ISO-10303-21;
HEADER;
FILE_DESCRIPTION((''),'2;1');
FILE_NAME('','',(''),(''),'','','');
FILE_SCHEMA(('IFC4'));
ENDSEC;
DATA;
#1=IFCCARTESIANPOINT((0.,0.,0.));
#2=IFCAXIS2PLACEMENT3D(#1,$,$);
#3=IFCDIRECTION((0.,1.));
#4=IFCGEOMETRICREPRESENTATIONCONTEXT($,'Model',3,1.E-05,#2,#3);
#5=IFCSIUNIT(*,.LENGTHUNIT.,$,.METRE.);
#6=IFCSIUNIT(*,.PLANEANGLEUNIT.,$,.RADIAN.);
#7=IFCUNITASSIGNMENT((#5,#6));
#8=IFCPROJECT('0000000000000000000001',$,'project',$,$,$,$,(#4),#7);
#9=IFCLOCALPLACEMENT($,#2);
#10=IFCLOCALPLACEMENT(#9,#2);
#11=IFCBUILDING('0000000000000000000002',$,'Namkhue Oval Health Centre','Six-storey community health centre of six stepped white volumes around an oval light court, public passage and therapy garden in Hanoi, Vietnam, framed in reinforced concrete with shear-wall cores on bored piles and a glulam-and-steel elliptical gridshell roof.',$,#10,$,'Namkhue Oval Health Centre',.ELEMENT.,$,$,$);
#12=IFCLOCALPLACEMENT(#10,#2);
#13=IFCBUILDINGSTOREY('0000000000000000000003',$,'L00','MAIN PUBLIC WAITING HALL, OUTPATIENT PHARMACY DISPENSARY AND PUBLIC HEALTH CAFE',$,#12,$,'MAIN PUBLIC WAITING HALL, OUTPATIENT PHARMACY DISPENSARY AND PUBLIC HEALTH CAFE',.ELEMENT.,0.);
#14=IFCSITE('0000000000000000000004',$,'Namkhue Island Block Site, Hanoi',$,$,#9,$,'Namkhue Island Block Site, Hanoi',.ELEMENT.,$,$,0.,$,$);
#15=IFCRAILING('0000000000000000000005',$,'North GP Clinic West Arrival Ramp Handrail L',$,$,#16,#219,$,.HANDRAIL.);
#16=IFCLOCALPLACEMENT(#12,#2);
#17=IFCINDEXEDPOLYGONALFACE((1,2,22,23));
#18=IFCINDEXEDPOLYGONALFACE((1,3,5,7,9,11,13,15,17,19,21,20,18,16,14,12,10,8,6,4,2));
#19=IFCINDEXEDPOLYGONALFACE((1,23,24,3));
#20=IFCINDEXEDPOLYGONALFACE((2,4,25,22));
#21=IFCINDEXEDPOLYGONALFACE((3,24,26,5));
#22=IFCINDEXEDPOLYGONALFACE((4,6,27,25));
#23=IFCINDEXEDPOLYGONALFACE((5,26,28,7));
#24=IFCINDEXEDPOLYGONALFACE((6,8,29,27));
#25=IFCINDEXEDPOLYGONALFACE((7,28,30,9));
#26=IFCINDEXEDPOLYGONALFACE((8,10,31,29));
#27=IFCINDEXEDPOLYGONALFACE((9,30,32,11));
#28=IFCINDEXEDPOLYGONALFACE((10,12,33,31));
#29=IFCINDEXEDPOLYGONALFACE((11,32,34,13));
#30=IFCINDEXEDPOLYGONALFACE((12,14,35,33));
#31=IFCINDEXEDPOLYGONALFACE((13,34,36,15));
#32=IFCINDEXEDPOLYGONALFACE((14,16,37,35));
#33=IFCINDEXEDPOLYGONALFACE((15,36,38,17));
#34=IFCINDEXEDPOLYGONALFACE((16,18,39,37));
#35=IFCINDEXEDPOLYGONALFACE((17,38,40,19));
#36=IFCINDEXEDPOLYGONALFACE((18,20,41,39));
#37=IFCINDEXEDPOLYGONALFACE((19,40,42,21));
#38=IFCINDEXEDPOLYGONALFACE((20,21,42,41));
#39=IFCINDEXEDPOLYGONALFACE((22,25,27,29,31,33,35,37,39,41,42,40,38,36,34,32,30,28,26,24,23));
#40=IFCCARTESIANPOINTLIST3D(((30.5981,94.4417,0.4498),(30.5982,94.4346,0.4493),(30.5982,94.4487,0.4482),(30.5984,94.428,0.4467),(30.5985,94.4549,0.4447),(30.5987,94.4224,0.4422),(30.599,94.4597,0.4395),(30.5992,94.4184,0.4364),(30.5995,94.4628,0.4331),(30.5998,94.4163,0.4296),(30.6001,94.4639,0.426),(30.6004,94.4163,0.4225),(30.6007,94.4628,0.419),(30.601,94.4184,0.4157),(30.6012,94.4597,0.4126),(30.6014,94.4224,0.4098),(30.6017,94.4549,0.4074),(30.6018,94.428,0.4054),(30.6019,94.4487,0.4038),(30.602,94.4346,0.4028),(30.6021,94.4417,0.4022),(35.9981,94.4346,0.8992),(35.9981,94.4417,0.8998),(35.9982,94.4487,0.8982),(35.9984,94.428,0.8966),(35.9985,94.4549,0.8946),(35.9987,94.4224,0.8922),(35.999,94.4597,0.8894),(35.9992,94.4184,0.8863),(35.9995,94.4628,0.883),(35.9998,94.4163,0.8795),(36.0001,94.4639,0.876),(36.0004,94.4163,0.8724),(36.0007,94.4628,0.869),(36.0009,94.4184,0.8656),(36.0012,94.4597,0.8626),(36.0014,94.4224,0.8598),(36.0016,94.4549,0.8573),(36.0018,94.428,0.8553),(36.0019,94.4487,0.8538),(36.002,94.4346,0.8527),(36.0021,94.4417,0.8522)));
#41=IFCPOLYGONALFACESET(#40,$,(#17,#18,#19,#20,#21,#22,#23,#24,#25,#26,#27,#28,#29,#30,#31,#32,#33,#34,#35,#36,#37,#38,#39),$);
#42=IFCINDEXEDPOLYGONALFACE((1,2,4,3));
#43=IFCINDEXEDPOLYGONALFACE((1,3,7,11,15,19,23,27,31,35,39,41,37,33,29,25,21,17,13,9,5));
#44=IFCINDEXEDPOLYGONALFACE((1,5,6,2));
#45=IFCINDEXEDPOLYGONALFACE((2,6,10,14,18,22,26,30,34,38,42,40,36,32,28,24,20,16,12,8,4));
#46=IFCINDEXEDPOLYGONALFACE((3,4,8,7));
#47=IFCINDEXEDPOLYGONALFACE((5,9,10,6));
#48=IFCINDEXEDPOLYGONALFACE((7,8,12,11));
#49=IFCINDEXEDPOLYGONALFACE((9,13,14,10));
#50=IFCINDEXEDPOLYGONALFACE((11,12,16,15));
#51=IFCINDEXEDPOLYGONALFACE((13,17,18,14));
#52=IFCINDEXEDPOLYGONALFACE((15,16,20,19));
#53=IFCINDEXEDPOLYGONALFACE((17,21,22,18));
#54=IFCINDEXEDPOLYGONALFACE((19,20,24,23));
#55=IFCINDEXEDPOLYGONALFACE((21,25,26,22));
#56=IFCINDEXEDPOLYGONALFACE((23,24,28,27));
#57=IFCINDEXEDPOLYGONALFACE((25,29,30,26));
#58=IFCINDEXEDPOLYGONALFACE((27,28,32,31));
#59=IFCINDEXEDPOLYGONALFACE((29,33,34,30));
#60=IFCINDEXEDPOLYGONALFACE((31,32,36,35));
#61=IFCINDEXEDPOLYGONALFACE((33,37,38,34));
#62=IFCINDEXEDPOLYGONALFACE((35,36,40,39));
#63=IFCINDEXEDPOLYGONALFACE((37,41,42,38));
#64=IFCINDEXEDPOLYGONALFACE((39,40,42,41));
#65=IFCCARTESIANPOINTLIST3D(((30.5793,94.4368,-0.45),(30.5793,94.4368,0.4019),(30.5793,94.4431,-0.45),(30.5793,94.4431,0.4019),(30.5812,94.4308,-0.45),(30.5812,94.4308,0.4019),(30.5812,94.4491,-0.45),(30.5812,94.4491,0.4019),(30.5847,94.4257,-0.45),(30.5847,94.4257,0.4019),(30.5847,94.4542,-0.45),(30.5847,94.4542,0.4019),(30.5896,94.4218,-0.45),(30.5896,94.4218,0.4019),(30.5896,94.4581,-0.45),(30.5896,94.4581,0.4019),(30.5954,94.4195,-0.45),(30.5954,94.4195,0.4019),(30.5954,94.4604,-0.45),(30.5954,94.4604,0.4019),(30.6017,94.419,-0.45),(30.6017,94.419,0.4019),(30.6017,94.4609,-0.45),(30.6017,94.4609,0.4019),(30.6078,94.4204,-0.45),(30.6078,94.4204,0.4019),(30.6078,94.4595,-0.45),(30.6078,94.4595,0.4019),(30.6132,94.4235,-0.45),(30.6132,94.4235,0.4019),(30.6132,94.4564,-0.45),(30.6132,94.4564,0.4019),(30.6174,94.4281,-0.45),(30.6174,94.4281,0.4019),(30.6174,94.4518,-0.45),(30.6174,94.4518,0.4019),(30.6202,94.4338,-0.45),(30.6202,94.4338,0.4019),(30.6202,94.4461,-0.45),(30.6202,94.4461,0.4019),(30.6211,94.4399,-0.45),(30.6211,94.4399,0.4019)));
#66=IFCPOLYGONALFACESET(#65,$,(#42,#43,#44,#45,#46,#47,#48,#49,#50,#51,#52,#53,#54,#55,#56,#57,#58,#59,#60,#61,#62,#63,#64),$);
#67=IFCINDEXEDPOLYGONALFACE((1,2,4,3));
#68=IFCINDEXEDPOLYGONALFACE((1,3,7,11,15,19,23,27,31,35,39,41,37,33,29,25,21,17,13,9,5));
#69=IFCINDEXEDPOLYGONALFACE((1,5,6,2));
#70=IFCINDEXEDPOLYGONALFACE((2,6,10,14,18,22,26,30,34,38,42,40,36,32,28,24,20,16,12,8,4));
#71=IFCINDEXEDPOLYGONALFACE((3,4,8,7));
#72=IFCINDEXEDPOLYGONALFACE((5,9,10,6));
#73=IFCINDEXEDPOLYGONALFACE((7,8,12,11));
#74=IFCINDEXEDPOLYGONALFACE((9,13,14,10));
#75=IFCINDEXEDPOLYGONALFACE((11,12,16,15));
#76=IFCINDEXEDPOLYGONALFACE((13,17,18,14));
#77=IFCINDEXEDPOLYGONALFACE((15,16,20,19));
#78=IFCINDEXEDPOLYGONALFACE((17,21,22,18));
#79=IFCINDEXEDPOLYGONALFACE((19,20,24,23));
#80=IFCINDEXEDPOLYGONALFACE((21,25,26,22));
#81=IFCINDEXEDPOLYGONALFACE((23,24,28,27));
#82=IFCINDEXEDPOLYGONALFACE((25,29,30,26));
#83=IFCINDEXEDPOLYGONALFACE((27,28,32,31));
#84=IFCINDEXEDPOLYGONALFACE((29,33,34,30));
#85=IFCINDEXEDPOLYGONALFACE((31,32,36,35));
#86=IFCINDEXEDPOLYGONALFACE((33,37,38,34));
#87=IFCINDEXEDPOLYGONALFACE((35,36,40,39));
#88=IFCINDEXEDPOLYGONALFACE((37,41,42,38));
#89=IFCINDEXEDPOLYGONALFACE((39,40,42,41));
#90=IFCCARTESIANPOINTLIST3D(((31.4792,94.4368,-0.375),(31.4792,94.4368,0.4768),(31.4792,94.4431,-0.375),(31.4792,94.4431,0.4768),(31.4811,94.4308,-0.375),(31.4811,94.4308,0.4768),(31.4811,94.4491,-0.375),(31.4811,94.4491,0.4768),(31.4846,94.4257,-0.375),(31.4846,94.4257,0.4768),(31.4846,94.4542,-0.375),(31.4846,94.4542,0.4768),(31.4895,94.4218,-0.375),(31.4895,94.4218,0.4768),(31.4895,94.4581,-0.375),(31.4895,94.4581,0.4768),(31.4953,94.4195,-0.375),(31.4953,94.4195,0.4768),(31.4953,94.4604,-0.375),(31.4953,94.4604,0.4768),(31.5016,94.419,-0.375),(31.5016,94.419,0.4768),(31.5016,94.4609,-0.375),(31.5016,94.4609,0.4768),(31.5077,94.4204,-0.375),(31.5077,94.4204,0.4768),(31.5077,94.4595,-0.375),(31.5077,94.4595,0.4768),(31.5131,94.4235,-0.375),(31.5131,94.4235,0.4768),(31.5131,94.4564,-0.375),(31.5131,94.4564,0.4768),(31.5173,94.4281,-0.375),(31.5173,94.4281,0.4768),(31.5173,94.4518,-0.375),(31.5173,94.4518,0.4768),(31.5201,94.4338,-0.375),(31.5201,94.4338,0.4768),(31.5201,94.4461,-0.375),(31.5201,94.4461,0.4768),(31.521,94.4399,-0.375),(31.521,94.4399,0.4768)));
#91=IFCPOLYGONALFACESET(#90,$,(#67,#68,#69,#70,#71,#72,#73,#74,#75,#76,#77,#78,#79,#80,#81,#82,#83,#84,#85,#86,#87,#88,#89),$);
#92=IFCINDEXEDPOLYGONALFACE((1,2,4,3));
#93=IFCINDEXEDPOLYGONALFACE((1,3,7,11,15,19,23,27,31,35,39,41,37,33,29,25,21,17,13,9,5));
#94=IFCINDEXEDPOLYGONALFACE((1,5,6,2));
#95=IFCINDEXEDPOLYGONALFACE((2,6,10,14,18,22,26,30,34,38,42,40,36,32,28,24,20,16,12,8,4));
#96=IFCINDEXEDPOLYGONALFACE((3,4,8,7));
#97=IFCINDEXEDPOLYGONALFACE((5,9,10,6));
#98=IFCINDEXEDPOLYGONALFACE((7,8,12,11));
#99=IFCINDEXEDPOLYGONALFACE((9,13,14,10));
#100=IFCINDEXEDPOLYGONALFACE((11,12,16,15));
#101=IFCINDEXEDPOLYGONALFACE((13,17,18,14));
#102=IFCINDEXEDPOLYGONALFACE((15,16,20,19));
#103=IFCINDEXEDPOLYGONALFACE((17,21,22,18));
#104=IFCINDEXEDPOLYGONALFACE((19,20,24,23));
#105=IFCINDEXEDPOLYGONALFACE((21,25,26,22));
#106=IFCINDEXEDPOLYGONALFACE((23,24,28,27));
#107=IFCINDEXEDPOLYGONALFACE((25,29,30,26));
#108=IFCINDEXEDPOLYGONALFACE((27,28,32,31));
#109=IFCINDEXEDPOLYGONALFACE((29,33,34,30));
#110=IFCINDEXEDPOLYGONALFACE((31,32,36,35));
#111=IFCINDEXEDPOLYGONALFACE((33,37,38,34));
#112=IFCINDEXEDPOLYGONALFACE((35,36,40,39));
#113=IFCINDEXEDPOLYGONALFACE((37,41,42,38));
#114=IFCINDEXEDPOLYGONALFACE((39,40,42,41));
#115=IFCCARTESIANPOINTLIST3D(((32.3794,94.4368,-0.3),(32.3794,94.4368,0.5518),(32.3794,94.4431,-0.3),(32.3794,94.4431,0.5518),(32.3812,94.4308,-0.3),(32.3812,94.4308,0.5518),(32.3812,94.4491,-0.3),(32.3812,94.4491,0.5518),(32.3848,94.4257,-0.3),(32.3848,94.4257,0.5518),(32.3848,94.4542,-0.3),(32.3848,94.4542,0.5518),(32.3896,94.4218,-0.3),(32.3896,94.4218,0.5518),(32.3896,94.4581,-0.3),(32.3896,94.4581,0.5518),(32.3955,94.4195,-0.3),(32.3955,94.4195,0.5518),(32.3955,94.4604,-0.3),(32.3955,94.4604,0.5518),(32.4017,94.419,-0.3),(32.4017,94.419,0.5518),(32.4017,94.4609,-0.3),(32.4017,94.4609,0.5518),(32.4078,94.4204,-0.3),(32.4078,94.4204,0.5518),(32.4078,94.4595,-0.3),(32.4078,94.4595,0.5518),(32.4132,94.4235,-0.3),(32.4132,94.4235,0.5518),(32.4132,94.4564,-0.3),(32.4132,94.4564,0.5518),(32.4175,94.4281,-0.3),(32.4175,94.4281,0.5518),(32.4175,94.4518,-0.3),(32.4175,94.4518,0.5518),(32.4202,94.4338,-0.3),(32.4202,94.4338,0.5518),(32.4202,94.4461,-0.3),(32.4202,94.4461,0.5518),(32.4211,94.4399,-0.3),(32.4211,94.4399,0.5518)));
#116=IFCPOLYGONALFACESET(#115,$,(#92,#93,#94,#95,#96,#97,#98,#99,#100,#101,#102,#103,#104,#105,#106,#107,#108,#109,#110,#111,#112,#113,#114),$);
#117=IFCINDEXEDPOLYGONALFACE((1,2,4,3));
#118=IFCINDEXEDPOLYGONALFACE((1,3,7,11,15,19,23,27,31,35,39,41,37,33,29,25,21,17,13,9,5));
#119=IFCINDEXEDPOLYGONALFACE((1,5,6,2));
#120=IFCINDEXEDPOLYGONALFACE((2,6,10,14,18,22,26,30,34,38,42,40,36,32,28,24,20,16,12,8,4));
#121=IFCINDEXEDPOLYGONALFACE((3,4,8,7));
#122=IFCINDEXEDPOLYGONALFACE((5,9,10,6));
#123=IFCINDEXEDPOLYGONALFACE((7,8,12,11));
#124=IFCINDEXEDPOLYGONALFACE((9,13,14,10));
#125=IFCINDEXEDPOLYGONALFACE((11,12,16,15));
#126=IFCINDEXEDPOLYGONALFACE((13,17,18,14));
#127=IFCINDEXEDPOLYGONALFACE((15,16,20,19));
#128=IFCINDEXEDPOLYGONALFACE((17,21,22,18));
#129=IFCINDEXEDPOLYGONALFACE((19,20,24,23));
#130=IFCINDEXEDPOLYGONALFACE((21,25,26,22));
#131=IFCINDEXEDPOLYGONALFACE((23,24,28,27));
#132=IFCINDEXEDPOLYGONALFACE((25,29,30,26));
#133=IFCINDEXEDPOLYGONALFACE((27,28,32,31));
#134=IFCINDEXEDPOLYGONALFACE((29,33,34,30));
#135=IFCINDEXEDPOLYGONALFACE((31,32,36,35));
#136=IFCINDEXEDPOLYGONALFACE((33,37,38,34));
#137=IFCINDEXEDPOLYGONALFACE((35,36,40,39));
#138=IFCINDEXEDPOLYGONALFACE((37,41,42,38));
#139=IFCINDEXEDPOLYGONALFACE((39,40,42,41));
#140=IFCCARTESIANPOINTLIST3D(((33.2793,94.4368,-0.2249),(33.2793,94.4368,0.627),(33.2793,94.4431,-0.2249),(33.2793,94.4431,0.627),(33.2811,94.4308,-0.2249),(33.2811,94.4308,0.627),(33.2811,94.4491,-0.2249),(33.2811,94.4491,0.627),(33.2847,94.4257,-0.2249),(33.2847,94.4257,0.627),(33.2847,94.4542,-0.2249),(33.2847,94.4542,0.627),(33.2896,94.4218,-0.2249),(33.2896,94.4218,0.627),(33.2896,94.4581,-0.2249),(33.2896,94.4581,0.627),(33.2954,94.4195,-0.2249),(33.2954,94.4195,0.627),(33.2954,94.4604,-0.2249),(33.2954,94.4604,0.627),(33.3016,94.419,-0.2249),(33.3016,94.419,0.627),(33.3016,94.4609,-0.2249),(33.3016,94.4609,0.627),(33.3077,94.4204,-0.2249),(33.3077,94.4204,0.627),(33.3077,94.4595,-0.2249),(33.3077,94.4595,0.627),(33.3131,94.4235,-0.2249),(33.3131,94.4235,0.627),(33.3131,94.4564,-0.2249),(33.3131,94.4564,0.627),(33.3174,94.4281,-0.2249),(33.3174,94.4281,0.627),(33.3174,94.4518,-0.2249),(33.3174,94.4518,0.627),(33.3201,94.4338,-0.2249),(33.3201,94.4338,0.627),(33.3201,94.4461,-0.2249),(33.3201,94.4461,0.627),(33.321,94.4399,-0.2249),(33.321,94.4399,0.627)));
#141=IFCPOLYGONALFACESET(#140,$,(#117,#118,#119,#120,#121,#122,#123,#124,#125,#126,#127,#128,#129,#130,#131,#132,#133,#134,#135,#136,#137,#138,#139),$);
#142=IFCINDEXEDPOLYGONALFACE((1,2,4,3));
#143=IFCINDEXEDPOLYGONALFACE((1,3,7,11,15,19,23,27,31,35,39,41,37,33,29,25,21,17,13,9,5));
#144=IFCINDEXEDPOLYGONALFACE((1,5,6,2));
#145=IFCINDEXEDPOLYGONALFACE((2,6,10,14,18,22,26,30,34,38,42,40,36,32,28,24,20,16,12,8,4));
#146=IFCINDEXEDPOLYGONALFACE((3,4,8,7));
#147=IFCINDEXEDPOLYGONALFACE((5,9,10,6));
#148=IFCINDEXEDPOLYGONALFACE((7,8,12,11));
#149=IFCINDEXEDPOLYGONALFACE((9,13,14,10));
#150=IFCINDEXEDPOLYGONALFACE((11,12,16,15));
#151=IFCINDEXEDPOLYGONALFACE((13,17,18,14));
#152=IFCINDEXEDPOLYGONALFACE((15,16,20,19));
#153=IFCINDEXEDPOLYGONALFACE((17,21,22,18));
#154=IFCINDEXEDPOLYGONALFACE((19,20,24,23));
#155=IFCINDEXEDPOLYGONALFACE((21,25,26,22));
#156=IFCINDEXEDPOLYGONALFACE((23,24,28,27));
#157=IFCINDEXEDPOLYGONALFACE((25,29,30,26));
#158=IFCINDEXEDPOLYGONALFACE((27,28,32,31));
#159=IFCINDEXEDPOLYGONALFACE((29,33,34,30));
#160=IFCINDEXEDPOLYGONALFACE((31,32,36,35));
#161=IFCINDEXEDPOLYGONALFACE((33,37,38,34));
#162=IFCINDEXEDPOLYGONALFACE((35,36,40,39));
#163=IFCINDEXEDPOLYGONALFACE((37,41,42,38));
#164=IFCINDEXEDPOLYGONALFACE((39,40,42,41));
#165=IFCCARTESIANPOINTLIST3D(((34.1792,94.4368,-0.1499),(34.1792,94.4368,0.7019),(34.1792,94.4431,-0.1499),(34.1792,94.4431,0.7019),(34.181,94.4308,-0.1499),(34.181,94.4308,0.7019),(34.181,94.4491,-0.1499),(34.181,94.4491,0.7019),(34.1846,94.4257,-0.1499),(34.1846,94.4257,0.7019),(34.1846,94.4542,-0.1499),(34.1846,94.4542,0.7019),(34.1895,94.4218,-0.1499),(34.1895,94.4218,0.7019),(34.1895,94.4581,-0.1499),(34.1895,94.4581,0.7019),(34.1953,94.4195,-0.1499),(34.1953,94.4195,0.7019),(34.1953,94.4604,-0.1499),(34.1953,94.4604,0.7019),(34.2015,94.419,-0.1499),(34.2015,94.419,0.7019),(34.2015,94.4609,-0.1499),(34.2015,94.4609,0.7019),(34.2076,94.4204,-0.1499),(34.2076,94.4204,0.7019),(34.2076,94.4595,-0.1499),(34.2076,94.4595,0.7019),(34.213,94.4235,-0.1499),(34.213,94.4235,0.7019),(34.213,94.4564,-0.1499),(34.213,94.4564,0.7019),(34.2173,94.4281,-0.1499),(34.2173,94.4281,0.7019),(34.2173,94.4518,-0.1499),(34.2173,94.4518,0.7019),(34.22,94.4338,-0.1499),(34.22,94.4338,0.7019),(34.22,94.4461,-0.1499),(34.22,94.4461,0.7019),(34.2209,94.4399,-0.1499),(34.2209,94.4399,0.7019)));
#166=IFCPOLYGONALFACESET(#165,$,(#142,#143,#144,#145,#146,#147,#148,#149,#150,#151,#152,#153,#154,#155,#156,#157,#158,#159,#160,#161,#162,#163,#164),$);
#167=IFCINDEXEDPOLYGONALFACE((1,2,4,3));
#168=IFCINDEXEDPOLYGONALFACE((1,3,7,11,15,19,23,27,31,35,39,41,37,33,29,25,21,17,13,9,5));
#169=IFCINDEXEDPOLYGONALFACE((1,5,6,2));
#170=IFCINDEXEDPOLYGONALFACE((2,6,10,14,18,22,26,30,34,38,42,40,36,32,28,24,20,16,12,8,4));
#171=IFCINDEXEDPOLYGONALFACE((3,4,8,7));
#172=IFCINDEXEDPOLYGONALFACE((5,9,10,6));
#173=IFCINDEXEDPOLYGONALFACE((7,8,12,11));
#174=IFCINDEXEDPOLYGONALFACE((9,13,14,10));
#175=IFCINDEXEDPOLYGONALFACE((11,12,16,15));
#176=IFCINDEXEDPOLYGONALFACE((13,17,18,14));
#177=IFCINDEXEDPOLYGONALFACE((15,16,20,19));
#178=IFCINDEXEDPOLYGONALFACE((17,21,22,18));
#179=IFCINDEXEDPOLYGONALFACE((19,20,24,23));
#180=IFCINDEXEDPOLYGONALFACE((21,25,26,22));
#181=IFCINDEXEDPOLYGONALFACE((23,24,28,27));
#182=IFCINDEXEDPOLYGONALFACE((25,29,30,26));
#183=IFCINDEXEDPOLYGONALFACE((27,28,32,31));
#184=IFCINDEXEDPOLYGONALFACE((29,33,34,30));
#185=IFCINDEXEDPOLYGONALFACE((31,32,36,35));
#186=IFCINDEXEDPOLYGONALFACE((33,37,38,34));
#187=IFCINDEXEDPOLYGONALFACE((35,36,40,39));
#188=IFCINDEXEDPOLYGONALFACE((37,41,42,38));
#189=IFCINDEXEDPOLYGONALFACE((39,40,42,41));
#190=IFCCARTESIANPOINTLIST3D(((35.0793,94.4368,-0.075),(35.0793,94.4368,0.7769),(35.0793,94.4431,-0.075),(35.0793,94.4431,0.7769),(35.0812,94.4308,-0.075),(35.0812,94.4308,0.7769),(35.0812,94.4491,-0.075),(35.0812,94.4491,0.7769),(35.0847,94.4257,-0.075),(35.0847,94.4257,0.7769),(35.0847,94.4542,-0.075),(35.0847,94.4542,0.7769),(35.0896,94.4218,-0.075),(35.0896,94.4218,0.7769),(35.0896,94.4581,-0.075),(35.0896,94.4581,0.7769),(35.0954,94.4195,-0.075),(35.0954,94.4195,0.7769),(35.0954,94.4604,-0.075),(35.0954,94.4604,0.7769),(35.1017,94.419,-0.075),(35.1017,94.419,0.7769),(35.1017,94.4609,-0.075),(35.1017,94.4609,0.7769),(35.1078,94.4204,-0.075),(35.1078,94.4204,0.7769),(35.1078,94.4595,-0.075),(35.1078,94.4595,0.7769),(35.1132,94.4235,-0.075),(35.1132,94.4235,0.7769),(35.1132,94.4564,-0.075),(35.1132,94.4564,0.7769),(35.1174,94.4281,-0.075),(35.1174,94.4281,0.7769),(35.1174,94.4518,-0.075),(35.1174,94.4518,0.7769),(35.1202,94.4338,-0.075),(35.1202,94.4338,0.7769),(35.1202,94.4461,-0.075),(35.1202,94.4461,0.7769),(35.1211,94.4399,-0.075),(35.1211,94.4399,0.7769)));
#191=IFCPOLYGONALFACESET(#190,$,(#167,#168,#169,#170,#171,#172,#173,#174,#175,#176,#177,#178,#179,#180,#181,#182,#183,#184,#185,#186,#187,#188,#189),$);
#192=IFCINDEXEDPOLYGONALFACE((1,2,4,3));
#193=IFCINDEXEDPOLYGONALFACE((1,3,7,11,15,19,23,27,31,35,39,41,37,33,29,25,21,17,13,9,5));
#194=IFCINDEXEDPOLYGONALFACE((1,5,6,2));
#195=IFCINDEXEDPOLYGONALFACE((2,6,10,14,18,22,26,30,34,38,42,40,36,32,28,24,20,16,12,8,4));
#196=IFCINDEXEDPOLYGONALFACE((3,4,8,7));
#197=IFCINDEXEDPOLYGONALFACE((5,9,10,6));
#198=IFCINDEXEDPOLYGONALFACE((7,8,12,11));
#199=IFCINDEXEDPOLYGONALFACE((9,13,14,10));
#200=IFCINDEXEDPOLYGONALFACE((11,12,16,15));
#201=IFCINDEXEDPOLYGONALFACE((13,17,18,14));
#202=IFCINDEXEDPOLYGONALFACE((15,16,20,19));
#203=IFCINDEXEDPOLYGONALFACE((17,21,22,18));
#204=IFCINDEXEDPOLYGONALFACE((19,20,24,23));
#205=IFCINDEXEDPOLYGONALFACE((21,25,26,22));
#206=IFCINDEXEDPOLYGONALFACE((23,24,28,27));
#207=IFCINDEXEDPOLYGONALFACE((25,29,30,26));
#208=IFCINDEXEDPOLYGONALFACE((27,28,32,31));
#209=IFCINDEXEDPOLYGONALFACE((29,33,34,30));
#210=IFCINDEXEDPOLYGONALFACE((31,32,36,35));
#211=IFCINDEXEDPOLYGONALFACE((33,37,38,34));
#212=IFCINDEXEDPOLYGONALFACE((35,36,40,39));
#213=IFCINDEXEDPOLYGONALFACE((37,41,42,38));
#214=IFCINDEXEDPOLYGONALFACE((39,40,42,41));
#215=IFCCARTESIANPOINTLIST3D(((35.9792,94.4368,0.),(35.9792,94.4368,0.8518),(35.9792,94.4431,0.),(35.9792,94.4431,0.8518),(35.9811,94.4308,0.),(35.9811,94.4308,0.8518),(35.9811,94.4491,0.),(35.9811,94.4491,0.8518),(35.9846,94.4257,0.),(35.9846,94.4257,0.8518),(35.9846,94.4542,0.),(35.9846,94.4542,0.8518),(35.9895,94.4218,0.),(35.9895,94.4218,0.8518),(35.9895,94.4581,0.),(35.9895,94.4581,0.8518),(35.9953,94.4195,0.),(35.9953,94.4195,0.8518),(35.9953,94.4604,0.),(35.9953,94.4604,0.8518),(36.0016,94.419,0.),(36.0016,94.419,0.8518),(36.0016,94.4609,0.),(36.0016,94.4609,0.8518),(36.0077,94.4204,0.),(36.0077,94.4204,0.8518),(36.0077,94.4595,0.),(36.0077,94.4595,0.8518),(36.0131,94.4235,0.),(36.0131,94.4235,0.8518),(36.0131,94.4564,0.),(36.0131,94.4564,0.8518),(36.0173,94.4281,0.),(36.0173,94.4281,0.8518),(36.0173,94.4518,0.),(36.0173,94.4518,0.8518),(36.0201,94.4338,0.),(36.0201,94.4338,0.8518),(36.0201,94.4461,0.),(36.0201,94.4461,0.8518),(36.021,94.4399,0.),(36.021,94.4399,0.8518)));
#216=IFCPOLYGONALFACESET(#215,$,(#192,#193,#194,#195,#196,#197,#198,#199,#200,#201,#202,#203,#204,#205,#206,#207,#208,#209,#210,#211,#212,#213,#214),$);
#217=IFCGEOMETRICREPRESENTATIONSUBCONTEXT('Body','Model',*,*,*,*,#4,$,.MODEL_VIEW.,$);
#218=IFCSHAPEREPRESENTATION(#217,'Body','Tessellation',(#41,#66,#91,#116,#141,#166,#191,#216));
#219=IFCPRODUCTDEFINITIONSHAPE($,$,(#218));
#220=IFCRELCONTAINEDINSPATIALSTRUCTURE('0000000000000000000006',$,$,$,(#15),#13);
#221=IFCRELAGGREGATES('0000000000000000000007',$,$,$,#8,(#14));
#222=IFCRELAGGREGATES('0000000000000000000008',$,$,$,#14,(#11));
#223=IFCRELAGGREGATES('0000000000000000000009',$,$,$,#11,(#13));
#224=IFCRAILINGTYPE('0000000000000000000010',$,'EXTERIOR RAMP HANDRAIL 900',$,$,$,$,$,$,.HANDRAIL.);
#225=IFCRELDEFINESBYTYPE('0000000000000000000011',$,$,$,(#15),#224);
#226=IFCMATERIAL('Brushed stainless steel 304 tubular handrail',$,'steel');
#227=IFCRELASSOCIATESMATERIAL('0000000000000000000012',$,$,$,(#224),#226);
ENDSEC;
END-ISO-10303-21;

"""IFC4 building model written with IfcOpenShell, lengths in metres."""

from ifc_helpers import new_model, si_unit, direction, frame, origin, origin_2d, place, context, subcontext, project, spatial, circle, extrude, material, type_object, element, save


model = new_model("IFC4")

# Units and contexts
model_context = context("Model", 3, precision=1e-05, world=origin(), true_north=direction((0.0, 1.0)))
body_context = subcontext(model_context, "Body", "Model", "MODEL_VIEW")
ifc_project = project(units=[si_unit("LENGTHUNIT", "METRE"), si_unit("PLANEANGLEUNIT", "RADIAN")], contexts=[model_context])

# Site, building, storey
site_placement = place(None, origin())
site = spatial("IfcSite", under=ifc_project, at=site_placement, Name="Namkhue Island Block Site, Hanoi", LongName="Namkhue Island Block Site, Hanoi", CompositionType="ELEMENT", RefElevation=0.0)
building_placement = place(site_placement, origin())
building = spatial("IfcBuilding", under=site, at=building_placement, Name="Namkhue Oval Health Centre", Description="Six-storey community health centre of six stepped white volumes around an oval light court, public passage and therapy garden in Hanoi, Vietnam, framed in reinforced concrete with shear-wall cores on bored piles and a glulam-and-steel elliptical gridshell roof.", LongName="Namkhue Oval Health Centre", CompositionType="ELEMENT")
storey_placement = place(building_placement, origin())
storey = spatial("IfcBuildingStorey", under=building, at=storey_placement, Name="L00", Description="MAIN PUBLIC WAITING HALL, OUTPATIENT PHARMACY DISPENSARY AND PUBLIC HEALTH CAFE", LongName="MAIN PUBLIC WAITING HALL, OUTPATIENT PHARMACY DISPENSARY AND PUBLIC HEALTH CAFE", CompositionType="ELEMENT", Elevation=0.0)

# Railing
ifc_material_1 = material(Name="Brushed stainless steel 304 tubular handrail", Category="steel")
railing_type = type_object("IfcRailingType", Name="EXTERIOR RAMP HANDRAIL 900", PredefinedType="HANDRAIL", material=ifc_material_1)
for number, where, name in (
    (1, (30.6001, 94.4399, -0.45), "North GP Clinic West Arrival Ramp Handrail L"),
):
    element("IfcRailing", number, at=place(storey_placement, frame(where)), inside=storey, type_object=railing_type, Name=name, PredefinedType="HANDRAIL", context=body_context, shape_type="SweptSolid", body=[
        extrude(circle(Radius=0.0239, at=origin_2d()), frame((0.0, 0.0, 0.876), z_axis=(0.996546, 0.0, 0.083038), x_axis=(0.0, 1.0, 0.0)), (0.0, 0.0, 1.0), 5.4187),
        extrude(circle(Radius=0.021, at=origin_2d()), origin(), (0.0, 0.0, 1.0), 0.8518),
        extrude(circle(Radius=0.021, at=origin_2d()), frame((0.8999, 0.0, 0.075)), (0.0, 0.0, 1.0), 0.8518),
        extrude(circle(Radius=0.021, at=origin_2d()), frame((1.8, 0.0, 0.1499)), (0.0, 0.0, 1.0), 0.8518),
        extrude(circle(Radius=0.021, at=origin_2d()), frame((2.7, 0.0, 0.2251)), (0.0, 0.0, 1.0), 0.8518),
        extrude(circle(Radius=0.021, at=origin_2d()), frame((3.5999, 0.0, 0.3)), (0.0, 0.0, 1.0), 0.8518),
        extrude(circle(Radius=0.021, at=origin_2d()), frame((4.5, 0.0, 0.375)), (0.0, 0.0, 1.0), 0.8518),
        extrude(circle(Radius=0.021, at=origin_2d()), frame((5.3999, 0.0, 0.45)), (0.0, 0.0, 1.0), 0.8518),
    ])

save(model, "model.ifc")
